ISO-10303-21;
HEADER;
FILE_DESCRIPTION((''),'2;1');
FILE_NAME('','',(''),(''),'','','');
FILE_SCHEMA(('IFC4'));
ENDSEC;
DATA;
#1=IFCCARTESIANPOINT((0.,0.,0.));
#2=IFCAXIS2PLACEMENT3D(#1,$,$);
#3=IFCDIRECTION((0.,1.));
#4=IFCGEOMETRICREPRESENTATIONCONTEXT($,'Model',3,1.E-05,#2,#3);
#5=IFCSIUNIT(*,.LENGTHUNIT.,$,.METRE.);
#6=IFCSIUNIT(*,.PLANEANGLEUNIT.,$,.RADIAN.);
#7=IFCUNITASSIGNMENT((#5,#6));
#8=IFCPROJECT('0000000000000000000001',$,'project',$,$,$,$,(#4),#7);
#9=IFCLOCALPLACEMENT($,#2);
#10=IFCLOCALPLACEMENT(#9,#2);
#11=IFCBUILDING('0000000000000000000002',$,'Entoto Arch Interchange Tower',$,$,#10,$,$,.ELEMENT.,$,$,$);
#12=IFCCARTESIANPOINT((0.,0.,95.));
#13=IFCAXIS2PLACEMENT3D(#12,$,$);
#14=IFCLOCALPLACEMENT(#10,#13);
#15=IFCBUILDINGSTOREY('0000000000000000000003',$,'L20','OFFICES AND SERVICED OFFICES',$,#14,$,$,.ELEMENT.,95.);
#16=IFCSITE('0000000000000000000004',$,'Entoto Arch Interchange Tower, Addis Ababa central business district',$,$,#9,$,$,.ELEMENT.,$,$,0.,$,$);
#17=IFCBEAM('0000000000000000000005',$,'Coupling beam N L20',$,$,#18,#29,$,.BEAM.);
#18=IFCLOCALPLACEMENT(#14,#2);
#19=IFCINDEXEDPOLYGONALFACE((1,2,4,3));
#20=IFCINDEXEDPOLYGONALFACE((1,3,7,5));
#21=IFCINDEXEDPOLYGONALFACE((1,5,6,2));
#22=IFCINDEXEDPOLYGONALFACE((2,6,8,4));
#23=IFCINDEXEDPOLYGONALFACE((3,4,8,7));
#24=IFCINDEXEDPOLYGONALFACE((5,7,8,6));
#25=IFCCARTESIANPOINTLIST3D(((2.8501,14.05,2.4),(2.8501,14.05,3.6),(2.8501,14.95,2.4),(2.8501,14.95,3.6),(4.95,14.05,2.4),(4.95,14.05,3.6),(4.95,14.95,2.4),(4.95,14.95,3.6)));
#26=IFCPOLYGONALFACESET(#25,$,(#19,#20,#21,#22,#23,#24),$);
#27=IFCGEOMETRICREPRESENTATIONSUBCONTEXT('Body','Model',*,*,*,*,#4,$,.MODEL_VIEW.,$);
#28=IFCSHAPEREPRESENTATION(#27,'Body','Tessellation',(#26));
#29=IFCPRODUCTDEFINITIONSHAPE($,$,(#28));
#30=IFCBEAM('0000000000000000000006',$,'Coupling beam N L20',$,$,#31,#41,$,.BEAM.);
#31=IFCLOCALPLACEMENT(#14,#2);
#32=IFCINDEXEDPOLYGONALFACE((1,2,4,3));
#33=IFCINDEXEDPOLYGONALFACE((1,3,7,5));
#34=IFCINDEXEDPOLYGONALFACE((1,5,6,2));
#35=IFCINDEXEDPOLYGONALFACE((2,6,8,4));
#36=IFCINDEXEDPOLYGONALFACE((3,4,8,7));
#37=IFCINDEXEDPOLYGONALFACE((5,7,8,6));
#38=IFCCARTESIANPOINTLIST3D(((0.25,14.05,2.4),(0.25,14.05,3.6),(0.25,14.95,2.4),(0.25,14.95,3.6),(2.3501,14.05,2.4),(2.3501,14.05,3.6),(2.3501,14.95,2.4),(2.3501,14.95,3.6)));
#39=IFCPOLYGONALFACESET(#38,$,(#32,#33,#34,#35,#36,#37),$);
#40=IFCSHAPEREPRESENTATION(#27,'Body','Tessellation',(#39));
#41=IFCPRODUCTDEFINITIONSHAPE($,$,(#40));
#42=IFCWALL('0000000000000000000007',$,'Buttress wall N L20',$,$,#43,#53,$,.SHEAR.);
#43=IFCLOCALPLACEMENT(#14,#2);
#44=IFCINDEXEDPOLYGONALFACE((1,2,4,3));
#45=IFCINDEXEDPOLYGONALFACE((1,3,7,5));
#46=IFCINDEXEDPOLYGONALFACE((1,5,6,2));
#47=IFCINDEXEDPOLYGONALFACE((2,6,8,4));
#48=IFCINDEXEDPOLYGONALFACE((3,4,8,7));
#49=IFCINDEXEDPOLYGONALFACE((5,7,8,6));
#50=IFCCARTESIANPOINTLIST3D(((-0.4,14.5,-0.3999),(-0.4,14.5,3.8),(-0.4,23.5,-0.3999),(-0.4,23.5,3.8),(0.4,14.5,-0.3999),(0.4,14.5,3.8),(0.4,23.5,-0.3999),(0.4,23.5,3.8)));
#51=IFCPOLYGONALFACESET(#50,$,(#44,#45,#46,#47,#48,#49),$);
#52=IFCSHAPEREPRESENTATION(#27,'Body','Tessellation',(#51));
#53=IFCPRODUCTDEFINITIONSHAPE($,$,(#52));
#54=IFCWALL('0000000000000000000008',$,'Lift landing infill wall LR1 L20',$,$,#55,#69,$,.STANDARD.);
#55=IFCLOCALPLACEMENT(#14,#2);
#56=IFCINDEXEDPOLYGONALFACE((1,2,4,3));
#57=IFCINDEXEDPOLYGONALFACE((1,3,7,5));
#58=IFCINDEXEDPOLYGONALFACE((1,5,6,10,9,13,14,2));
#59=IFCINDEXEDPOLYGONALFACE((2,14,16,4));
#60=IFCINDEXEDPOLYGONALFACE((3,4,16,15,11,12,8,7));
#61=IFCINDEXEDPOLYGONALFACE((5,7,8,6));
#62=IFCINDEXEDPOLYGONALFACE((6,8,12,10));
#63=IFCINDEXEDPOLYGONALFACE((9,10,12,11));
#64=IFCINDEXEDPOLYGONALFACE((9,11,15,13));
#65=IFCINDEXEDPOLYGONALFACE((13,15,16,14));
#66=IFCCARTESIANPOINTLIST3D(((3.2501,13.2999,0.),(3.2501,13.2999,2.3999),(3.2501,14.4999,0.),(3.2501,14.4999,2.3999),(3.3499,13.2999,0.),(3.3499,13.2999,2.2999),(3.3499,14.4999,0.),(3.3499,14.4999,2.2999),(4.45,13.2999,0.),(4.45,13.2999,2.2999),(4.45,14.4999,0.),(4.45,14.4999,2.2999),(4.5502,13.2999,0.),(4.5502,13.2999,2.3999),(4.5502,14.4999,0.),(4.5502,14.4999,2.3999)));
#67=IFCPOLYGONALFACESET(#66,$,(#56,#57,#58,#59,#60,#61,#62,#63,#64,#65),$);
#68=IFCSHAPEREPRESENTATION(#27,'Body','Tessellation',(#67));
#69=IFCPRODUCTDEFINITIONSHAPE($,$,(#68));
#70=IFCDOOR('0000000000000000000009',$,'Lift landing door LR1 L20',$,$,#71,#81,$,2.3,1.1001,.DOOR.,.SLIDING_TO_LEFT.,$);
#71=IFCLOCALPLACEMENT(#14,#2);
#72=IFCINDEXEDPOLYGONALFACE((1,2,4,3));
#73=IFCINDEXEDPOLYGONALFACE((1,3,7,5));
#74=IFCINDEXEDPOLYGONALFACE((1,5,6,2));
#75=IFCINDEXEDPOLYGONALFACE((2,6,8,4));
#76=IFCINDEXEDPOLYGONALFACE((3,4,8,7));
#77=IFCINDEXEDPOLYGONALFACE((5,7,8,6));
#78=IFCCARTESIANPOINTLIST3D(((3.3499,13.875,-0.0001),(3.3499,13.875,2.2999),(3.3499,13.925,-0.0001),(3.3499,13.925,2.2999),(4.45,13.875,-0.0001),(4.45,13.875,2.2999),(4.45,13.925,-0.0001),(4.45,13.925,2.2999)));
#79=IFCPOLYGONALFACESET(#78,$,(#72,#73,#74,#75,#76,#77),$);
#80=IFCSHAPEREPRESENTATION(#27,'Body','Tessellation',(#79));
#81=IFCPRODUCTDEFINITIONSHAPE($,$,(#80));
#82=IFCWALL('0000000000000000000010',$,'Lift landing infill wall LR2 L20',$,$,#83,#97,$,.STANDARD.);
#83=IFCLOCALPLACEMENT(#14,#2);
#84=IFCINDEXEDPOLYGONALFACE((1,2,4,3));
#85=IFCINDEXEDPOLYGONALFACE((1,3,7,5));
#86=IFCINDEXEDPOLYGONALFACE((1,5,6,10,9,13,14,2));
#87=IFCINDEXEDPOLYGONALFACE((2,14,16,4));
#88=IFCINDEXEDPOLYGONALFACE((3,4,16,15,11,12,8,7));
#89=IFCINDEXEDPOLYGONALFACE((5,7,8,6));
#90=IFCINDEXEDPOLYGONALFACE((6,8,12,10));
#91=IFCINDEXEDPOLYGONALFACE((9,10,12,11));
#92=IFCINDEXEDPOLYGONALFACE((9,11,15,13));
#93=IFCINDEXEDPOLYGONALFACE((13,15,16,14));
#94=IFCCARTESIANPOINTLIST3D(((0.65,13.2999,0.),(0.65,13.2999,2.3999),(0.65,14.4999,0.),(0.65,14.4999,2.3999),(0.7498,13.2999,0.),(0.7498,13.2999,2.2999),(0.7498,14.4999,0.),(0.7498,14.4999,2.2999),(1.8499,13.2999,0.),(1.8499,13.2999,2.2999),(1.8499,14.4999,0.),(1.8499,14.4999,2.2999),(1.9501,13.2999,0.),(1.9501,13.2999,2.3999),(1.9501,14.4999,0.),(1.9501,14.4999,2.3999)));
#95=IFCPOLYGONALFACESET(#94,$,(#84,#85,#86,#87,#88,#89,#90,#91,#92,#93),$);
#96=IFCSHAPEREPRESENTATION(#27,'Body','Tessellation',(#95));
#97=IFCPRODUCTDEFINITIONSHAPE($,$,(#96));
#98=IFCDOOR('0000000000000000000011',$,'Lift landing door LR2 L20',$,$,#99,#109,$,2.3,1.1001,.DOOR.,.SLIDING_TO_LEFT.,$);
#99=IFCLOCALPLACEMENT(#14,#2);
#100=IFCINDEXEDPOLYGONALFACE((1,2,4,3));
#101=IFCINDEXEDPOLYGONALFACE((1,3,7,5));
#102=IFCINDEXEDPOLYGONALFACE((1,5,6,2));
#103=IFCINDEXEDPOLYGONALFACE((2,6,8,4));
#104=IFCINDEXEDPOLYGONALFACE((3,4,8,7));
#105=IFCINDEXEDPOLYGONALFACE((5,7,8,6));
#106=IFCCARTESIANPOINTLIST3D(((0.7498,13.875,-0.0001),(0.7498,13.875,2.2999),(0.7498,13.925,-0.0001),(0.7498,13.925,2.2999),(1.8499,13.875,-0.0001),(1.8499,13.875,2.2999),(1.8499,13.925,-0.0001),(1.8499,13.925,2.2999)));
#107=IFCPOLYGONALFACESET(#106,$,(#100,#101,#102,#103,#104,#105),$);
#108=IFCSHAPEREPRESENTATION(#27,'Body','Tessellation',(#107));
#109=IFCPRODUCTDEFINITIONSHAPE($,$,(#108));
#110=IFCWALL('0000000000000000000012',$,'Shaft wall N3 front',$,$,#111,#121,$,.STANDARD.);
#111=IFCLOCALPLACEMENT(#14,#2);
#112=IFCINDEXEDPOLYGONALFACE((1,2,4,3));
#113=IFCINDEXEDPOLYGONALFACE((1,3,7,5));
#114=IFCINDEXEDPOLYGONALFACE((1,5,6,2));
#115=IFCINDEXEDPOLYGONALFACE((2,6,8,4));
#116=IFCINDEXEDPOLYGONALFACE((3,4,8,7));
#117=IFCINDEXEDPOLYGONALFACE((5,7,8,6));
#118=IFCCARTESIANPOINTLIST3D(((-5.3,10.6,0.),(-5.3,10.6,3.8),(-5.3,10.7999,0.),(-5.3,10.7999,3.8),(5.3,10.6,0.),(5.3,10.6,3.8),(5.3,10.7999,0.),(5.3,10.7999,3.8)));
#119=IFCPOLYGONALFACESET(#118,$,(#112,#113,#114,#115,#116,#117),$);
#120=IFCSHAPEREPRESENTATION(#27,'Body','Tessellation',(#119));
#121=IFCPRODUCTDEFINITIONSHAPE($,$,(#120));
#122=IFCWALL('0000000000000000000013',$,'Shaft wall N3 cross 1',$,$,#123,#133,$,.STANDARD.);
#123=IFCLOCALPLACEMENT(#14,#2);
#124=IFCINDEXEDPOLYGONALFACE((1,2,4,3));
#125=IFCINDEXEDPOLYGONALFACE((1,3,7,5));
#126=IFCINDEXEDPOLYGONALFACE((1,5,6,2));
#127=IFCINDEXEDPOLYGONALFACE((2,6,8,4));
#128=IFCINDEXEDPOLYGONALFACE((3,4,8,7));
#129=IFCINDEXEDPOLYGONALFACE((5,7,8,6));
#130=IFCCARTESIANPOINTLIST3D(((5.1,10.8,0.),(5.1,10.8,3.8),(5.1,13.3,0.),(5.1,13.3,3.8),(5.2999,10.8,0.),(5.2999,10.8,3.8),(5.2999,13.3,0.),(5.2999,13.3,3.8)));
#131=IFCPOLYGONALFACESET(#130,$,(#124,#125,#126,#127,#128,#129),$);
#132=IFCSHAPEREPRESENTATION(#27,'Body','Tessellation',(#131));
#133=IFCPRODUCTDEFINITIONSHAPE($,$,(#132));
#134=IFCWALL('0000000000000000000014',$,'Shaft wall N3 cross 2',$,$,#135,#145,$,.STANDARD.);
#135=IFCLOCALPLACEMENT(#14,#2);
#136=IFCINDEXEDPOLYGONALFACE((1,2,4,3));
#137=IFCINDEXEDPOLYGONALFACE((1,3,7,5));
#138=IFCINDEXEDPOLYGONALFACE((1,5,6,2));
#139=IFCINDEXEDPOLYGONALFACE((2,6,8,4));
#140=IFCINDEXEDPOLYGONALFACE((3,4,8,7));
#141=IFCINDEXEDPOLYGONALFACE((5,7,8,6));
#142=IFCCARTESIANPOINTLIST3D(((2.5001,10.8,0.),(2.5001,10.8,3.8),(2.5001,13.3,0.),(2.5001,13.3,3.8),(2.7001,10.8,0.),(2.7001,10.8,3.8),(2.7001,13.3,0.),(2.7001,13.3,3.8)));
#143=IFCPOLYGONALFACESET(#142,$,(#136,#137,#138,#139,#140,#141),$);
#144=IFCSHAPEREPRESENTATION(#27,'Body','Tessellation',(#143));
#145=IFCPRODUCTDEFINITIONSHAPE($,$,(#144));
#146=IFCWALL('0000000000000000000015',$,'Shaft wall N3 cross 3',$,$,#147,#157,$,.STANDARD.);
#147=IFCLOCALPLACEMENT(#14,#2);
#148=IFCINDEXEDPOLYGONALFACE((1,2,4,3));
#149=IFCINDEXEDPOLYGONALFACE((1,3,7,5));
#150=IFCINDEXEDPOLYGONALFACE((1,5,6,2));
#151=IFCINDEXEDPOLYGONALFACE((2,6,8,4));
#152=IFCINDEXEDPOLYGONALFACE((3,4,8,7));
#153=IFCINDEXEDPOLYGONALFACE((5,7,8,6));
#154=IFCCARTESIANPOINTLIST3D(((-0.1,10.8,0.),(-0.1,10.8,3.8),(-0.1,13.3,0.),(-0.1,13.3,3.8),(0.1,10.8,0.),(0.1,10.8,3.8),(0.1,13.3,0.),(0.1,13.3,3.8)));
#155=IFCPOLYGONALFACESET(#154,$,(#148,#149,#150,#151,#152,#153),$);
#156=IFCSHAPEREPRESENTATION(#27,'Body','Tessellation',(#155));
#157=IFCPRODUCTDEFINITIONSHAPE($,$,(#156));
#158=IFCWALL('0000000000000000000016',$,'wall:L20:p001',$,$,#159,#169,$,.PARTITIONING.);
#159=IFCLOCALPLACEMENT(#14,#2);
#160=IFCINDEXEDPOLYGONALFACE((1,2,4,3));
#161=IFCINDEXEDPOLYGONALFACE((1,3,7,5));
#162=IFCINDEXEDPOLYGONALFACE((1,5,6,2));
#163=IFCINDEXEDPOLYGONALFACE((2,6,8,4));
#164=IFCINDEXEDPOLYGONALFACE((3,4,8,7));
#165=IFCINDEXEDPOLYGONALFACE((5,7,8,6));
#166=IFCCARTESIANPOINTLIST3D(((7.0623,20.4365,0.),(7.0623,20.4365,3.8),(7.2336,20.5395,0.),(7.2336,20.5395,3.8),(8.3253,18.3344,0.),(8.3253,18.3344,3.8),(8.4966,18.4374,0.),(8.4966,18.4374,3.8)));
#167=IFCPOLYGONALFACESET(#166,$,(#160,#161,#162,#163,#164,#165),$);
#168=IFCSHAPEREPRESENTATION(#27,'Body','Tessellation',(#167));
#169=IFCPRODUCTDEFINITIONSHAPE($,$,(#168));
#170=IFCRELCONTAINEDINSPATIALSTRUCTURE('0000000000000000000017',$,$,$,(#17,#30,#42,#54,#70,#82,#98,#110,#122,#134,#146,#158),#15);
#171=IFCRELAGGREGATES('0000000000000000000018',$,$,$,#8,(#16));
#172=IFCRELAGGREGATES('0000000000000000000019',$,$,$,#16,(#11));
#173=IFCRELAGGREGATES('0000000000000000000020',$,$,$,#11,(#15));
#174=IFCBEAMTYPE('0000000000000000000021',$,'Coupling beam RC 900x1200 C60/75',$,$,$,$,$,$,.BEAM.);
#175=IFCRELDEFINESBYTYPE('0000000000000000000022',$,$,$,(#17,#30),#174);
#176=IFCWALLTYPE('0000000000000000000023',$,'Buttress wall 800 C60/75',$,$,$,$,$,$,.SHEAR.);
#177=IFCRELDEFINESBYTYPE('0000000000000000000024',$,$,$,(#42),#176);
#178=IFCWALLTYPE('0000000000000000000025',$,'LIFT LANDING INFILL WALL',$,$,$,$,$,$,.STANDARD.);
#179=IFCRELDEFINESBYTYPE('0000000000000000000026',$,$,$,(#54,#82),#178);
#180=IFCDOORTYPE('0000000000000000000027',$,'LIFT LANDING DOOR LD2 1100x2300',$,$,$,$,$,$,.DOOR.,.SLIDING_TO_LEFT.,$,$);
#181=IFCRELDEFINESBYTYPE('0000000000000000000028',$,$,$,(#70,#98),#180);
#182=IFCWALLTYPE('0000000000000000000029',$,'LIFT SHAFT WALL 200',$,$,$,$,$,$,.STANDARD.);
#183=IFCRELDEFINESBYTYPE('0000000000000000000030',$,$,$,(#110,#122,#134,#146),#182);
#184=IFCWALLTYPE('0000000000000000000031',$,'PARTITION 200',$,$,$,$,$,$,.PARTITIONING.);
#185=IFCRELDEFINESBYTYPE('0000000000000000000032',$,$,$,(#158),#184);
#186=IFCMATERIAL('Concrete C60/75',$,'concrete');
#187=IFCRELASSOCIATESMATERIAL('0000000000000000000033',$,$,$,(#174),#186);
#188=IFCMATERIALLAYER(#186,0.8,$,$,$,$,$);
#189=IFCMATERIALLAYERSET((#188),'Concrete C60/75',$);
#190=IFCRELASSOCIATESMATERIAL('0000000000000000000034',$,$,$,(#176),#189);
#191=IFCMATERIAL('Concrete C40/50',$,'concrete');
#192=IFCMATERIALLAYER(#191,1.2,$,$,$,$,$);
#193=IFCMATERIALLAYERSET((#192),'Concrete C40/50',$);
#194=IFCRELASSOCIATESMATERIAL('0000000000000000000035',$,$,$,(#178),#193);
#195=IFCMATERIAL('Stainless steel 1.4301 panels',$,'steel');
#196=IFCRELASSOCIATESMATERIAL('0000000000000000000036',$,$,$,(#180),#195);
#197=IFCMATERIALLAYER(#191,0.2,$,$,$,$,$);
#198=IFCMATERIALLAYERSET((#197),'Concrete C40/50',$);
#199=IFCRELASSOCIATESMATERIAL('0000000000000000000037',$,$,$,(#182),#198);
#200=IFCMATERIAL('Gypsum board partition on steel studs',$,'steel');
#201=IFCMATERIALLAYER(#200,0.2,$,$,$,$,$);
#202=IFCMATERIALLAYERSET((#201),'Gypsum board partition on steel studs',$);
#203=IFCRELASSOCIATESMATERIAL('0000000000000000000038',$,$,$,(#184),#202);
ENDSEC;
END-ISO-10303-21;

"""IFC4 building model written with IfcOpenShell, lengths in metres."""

from ifc_helpers import new_model, si_unit, direction, frame, frame_2d, origin, origin_2d, place, context, subcontext, project, spatial, rectangle, extrude, material, layer, layer_set, material_profile, profile_set, type_object, element, fill, save


model = new_model("IFC4")

# Units and contexts
model_context = context("Model", 3, precision=1e-05, world=origin(), true_north=direction((0.0, 1.0)))
body_context = subcontext(model_context, "Body", "Model", "MODEL_VIEW")
ifc_project = project(units=[si_unit("LENGTHUNIT", "METRE"), si_unit("PLANEANGLEUNIT", "RADIAN")], contexts=[model_context])

# Site, building, storey
site_placement = place(None, origin())
site = spatial("IfcSite", under=ifc_project, at=site_placement, Name="Entoto Arch Interchange Tower, Addis Ababa central business district", CompositionType="ELEMENT", RefElevation=0.0)
building_placement = place(site_placement, origin())
building = spatial("IfcBuilding", under=site, at=building_placement, Name="Entoto Arch Interchange Tower", CompositionType="ELEMENT")
storey_placement = place(building_placement, frame((0.0, 0.0, 95.0)))
storey = spatial("IfcBuildingStorey", under=building, at=storey_placement, Name="L20", Description="OFFICES AND SERVICED OFFICES", CompositionType="ELEMENT", Elevation=95.0)

# Beams
ifc_material_1 = material(Name="Concrete C60/75", Category="concrete")
ifc_material_profile = material_profile(ifc_material_1, rectangle(XDim=0.8999, YDim=1.2, at=origin_2d()))
ifc_profile_set = profile_set([ifc_material_profile], Name="Concrete C60/75")
beam_type = type_object("IfcBeamType", Name="Coupling beam RC 900x1200 C60/75", PredefinedType="BEAM", material=ifc_profile_set)
beam_1_placement = place(storey_placement, frame((4.95, 14.5, 3.0), z_axis=(-1.0, 0.0, 0.0), x_axis=(0.0, -1.0, 0.0)))
element("IfcBeam", 1, at=beam_1_placement, inside=storey, type_object=beam_type, Name="Coupling beam N L20", PredefinedType="BEAM", context=body_context, shape_type="SweptSolid", body=[
    extrude(rectangle(XDim=0.8999, YDim=1.2, at=origin_2d()), origin(), (0.0, 0.0, 1.0), 2.0999),
])
beam_2_placement = place(storey_placement, frame((2.3501, 14.5, 3.0), z_axis=(-1.0, 0.0, 0.0), x_axis=(0.0, -1.0, 0.0)))
element("IfcBeam", 2, at=beam_2_placement, inside=storey, type_object=beam_type, Name="Coupling beam N L20", PredefinedType="BEAM", context=body_context, shape_type="SweptSolid", body=[
    extrude(rectangle(XDim=0.8999, YDim=1.2, at=origin_2d()), origin(), (0.0, 0.0, 1.0), 2.1001),
])

# Wall
ifc_layer_1 = layer(ifc_material_1, 0.8)
ifc_layer_set_1 = layer_set([ifc_layer_1], Name="Concrete C60/75")
wall_type_1 = type_object("IfcWallType", Name="Buttress wall 800 C60/75", PredefinedType="SHEAR", material=ifc_layer_set_1)
wall_1_placement = place(storey_placement, frame((0.0, 14.5, -0.3999), z_axis=(0.0, 0.0, 1.0), x_axis=(0.0, 1.0, 0.0)))
element("IfcWall", 3, at=wall_1_placement, inside=storey, type_object=wall_type_1, Name="Buttress wall N L20", PredefinedType="SHEAR", context=body_context, shape_type="SweptSolid", body=[
    extrude(rectangle(XDim=9.0, YDim=0.8, at=frame_2d((4.5, 0.0))), origin(), (0.0, 0.0, 1.0), 4.2),
])

# Walls, openings, doors
ifc_material_2 = material(Name="Concrete C40/50", Category="concrete")
ifc_layer_2 = layer(ifc_material_2, 1.2)
ifc_layer_set_2 = layer_set([ifc_layer_2], Name="Concrete C40/50")
wall_type_2 = type_object("IfcWallType", Name="LIFT LANDING INFILL WALL", PredefinedType="STANDARD", material=ifc_layer_set_2)
wall_2_placement = place(storey_placement, frame((4.55, 13.8999, 0.0), z_axis=(0.0, 0.0, 1.0), x_axis=(-1.0, 0.0, 0.0)))
wall_2 = element("IfcWall", 4, at=wall_2_placement, inside=storey, type_object=wall_type_2, Name="Lift landing infill wall LR1 L20", PredefinedType="STANDARD", context=body_context, shape_type="SweptSolid", body=[
    extrude(rectangle(XDim=1.3, YDim=1.2, at=frame_2d((0.6499, 0.0))), origin(), (0.0, 0.0, 1.0), 2.3999),
])
opening_1_placement = place(wall_2_placement, frame((0.1001, 0.0, 0.0)))
opening_1 = element("IfcOpeningElement", 5, at=opening_1_placement, cuts=wall_2, PredefinedType="OPENING", context=body_context, shape_type="SweptSolid", body=[
    extrude(rectangle(XDim=1.1001, YDim=2.3, at=frame_2d((0.55, 1.1499))), frame((0.0, 0.6099, 0.0), z_axis=(0.0, -1.0, 0.0), x_axis=(1.0, 0.0, 0.0)), (0.0, 0.0, 1.0), 1.22),
])
ifc_material_3 = material(Name="Stainless steel 1.4301 panels", Category="steel")
door_type_1 = type_object("IfcDoorType", Name="LIFT LANDING DOOR LD2 1100x2300", OperationType="SLIDING_TO_LEFT", PredefinedType="DOOR", material=ifc_material_3)
door_1_placement = place(opening_1_placement, origin())
door_1 = element("IfcDoor", 6, at=door_1_placement, inside=storey, type_object=door_type_1, Name="Lift landing door LR1 L20", OperationType="SLIDING_TO_LEFT", OverallHeight=2.3, OverallWidth=1.1001, PredefinedType="DOOR", context=body_context, shape_type="SweptSolid", body=[
    extrude(rectangle(XDim=1.1001, YDim=2.3, at=frame_2d((0.55, 1.1499))), frame((0.0, 0.0249, 0.0), z_axis=(0.0, -1.0, 0.0), x_axis=(1.0, 0.0, 0.0)), (0.0, 0.0, 1.0), 0.05),
])
fill(opening_1, door_1)
wall_3_placement = place(storey_placement, frame((1.95, 13.8999, 0.0), z_axis=(0.0, 0.0, 1.0), x_axis=(-1.0, 0.0, 0.0)))
wall_3 = element("IfcWall", 7, at=wall_3_placement, inside=storey, type_object=wall_type_2, Name="Lift landing infill wall LR2 L20", PredefinedType="STANDARD", context=body_context, shape_type="SweptSolid", body=[
    extrude(rectangle(XDim=1.3, YDim=1.2, at=frame_2d((0.6499, 0.0))), origin(), (0.0, 0.0, 1.0), 2.3999),
])
opening_2_placement = place(wall_3_placement, frame((0.1001, 0.0, 0.0)))
opening_2 = element("IfcOpeningElement", 8, at=opening_2_placement, cuts=wall_3, PredefinedType="OPENING", context=body_context, shape_type="SweptSolid", body=[
    extrude(rectangle(XDim=1.1001, YDim=2.3, at=frame_2d((0.55, 1.1499))), frame((0.0, 0.6099, 0.0), z_axis=(0.0, -1.0, 0.0), x_axis=(1.0, 0.0, 0.0)), (0.0, 0.0, 1.0), 1.22),
])
door_2_placement = place(opening_2_placement, origin())
door_2 = element("IfcDoor", 9, at=door_2_placement, inside=storey, type_object=door_type_1, Name="Lift landing door LR2 L20", OperationType="SLIDING_TO_LEFT", OverallHeight=2.3, OverallWidth=1.1001, PredefinedType="DOOR", context=body_context, shape_type="SweptSolid", body=[
    extrude(rectangle(XDim=1.1001, YDim=2.3, at=frame_2d((0.55, 1.1499))), frame((0.0, 0.0249, 0.0), z_axis=(0.0, -1.0, 0.0), x_axis=(1.0, 0.0, 0.0)), (0.0, 0.0, 1.0), 0.05),
])
fill(opening_2, door_2)

# Walls
ifc_layer_3 = layer(ifc_material_2, 0.2)
ifc_layer_set_3 = layer_set([ifc_layer_3], Name="Concrete C40/50")
wall_type_3 = type_object("IfcWallType", Name="LIFT SHAFT WALL 200", PredefinedType="STANDARD", material=ifc_layer_set_3)
wall_4_placement = place(storey_placement, frame((5.3, 10.7, 0.0), z_axis=(0.0, 0.0, 1.0), x_axis=(-1.0, 0.0, 0.0)))
element("IfcWall", 10, at=wall_4_placement, inside=storey, type_object=wall_type_3, Name="Shaft wall N3 front", PredefinedType="STANDARD", context=body_context, shape_type="SweptSolid", body=[
    extrude(rectangle(XDim=10.6001, YDim=0.2, at=frame_2d((5.3, 0.0))), origin(), (0.0, 0.0, 1.0), 3.8),
])
for number, where, z_axis, x_axis, name in (
    (11, (5.2, 10.8, 0.0), (0.0, 0.0, 1.0), (0.0, 1.0, 0.0), "Shaft wall N3 cross 1"),
    (12, (2.6001, 10.8, 0.0), (0.0, 0.0, 1.0), (0.0, 1.0, 0.0), "Shaft wall N3 cross 2"),
    (13, (0.0, 10.8, 0.0), (0.0, 0.0, 1.0), (0.0, 1.0, 0.0), "Shaft wall N3 cross 3"),
):
    element("IfcWall", number, at=place(storey_placement, frame(where, z_axis=z_axis, x_axis=x_axis)), inside=storey, type_object=wall_type_3, Name=name, PredefinedType="STANDARD", context=body_context, shape_type="SweptSolid", body=[
        extrude(rectangle(XDim=2.5, YDim=0.2, at=frame_2d((1.25, 0.0))), origin(), (0.0, 0.0, 1.0), 3.8),
    ])
ifc_material_4 = material(Name="Gypsum board partition on steel studs", Category="steel")
ifc_layer_4 = layer(ifc_material_4, 0.2)
ifc_layer_set_4 = layer_set([ifc_layer_4], Name="Gypsum board partition on steel studs")
wall_type_4 = type_object("IfcWallType", Name="PARTITION 200", PredefinedType="PARTITIONING", material=ifc_layer_set_4)
wall_5_placement = place(storey_placement, frame((8.4109, 18.386, 0.0), z_axis=(0.0, 0.0, 1.0), x_axis=(-0.515008, 0.857185, 0.0)))
element("IfcWall", 14, at=wall_5_placement, inside=storey, type_object=wall_type_4, Name="wall:L20:p001", PredefinedType="PARTITIONING", context=body_context, shape_type="SweptSolid", body=[
    extrude(rectangle(XDim=2.4524, YDim=0.2, at=frame_2d((1.2261, 0.0))), origin(), (0.0, 0.0, 1.0), 3.8),
])

save(model, "model.ifc")
